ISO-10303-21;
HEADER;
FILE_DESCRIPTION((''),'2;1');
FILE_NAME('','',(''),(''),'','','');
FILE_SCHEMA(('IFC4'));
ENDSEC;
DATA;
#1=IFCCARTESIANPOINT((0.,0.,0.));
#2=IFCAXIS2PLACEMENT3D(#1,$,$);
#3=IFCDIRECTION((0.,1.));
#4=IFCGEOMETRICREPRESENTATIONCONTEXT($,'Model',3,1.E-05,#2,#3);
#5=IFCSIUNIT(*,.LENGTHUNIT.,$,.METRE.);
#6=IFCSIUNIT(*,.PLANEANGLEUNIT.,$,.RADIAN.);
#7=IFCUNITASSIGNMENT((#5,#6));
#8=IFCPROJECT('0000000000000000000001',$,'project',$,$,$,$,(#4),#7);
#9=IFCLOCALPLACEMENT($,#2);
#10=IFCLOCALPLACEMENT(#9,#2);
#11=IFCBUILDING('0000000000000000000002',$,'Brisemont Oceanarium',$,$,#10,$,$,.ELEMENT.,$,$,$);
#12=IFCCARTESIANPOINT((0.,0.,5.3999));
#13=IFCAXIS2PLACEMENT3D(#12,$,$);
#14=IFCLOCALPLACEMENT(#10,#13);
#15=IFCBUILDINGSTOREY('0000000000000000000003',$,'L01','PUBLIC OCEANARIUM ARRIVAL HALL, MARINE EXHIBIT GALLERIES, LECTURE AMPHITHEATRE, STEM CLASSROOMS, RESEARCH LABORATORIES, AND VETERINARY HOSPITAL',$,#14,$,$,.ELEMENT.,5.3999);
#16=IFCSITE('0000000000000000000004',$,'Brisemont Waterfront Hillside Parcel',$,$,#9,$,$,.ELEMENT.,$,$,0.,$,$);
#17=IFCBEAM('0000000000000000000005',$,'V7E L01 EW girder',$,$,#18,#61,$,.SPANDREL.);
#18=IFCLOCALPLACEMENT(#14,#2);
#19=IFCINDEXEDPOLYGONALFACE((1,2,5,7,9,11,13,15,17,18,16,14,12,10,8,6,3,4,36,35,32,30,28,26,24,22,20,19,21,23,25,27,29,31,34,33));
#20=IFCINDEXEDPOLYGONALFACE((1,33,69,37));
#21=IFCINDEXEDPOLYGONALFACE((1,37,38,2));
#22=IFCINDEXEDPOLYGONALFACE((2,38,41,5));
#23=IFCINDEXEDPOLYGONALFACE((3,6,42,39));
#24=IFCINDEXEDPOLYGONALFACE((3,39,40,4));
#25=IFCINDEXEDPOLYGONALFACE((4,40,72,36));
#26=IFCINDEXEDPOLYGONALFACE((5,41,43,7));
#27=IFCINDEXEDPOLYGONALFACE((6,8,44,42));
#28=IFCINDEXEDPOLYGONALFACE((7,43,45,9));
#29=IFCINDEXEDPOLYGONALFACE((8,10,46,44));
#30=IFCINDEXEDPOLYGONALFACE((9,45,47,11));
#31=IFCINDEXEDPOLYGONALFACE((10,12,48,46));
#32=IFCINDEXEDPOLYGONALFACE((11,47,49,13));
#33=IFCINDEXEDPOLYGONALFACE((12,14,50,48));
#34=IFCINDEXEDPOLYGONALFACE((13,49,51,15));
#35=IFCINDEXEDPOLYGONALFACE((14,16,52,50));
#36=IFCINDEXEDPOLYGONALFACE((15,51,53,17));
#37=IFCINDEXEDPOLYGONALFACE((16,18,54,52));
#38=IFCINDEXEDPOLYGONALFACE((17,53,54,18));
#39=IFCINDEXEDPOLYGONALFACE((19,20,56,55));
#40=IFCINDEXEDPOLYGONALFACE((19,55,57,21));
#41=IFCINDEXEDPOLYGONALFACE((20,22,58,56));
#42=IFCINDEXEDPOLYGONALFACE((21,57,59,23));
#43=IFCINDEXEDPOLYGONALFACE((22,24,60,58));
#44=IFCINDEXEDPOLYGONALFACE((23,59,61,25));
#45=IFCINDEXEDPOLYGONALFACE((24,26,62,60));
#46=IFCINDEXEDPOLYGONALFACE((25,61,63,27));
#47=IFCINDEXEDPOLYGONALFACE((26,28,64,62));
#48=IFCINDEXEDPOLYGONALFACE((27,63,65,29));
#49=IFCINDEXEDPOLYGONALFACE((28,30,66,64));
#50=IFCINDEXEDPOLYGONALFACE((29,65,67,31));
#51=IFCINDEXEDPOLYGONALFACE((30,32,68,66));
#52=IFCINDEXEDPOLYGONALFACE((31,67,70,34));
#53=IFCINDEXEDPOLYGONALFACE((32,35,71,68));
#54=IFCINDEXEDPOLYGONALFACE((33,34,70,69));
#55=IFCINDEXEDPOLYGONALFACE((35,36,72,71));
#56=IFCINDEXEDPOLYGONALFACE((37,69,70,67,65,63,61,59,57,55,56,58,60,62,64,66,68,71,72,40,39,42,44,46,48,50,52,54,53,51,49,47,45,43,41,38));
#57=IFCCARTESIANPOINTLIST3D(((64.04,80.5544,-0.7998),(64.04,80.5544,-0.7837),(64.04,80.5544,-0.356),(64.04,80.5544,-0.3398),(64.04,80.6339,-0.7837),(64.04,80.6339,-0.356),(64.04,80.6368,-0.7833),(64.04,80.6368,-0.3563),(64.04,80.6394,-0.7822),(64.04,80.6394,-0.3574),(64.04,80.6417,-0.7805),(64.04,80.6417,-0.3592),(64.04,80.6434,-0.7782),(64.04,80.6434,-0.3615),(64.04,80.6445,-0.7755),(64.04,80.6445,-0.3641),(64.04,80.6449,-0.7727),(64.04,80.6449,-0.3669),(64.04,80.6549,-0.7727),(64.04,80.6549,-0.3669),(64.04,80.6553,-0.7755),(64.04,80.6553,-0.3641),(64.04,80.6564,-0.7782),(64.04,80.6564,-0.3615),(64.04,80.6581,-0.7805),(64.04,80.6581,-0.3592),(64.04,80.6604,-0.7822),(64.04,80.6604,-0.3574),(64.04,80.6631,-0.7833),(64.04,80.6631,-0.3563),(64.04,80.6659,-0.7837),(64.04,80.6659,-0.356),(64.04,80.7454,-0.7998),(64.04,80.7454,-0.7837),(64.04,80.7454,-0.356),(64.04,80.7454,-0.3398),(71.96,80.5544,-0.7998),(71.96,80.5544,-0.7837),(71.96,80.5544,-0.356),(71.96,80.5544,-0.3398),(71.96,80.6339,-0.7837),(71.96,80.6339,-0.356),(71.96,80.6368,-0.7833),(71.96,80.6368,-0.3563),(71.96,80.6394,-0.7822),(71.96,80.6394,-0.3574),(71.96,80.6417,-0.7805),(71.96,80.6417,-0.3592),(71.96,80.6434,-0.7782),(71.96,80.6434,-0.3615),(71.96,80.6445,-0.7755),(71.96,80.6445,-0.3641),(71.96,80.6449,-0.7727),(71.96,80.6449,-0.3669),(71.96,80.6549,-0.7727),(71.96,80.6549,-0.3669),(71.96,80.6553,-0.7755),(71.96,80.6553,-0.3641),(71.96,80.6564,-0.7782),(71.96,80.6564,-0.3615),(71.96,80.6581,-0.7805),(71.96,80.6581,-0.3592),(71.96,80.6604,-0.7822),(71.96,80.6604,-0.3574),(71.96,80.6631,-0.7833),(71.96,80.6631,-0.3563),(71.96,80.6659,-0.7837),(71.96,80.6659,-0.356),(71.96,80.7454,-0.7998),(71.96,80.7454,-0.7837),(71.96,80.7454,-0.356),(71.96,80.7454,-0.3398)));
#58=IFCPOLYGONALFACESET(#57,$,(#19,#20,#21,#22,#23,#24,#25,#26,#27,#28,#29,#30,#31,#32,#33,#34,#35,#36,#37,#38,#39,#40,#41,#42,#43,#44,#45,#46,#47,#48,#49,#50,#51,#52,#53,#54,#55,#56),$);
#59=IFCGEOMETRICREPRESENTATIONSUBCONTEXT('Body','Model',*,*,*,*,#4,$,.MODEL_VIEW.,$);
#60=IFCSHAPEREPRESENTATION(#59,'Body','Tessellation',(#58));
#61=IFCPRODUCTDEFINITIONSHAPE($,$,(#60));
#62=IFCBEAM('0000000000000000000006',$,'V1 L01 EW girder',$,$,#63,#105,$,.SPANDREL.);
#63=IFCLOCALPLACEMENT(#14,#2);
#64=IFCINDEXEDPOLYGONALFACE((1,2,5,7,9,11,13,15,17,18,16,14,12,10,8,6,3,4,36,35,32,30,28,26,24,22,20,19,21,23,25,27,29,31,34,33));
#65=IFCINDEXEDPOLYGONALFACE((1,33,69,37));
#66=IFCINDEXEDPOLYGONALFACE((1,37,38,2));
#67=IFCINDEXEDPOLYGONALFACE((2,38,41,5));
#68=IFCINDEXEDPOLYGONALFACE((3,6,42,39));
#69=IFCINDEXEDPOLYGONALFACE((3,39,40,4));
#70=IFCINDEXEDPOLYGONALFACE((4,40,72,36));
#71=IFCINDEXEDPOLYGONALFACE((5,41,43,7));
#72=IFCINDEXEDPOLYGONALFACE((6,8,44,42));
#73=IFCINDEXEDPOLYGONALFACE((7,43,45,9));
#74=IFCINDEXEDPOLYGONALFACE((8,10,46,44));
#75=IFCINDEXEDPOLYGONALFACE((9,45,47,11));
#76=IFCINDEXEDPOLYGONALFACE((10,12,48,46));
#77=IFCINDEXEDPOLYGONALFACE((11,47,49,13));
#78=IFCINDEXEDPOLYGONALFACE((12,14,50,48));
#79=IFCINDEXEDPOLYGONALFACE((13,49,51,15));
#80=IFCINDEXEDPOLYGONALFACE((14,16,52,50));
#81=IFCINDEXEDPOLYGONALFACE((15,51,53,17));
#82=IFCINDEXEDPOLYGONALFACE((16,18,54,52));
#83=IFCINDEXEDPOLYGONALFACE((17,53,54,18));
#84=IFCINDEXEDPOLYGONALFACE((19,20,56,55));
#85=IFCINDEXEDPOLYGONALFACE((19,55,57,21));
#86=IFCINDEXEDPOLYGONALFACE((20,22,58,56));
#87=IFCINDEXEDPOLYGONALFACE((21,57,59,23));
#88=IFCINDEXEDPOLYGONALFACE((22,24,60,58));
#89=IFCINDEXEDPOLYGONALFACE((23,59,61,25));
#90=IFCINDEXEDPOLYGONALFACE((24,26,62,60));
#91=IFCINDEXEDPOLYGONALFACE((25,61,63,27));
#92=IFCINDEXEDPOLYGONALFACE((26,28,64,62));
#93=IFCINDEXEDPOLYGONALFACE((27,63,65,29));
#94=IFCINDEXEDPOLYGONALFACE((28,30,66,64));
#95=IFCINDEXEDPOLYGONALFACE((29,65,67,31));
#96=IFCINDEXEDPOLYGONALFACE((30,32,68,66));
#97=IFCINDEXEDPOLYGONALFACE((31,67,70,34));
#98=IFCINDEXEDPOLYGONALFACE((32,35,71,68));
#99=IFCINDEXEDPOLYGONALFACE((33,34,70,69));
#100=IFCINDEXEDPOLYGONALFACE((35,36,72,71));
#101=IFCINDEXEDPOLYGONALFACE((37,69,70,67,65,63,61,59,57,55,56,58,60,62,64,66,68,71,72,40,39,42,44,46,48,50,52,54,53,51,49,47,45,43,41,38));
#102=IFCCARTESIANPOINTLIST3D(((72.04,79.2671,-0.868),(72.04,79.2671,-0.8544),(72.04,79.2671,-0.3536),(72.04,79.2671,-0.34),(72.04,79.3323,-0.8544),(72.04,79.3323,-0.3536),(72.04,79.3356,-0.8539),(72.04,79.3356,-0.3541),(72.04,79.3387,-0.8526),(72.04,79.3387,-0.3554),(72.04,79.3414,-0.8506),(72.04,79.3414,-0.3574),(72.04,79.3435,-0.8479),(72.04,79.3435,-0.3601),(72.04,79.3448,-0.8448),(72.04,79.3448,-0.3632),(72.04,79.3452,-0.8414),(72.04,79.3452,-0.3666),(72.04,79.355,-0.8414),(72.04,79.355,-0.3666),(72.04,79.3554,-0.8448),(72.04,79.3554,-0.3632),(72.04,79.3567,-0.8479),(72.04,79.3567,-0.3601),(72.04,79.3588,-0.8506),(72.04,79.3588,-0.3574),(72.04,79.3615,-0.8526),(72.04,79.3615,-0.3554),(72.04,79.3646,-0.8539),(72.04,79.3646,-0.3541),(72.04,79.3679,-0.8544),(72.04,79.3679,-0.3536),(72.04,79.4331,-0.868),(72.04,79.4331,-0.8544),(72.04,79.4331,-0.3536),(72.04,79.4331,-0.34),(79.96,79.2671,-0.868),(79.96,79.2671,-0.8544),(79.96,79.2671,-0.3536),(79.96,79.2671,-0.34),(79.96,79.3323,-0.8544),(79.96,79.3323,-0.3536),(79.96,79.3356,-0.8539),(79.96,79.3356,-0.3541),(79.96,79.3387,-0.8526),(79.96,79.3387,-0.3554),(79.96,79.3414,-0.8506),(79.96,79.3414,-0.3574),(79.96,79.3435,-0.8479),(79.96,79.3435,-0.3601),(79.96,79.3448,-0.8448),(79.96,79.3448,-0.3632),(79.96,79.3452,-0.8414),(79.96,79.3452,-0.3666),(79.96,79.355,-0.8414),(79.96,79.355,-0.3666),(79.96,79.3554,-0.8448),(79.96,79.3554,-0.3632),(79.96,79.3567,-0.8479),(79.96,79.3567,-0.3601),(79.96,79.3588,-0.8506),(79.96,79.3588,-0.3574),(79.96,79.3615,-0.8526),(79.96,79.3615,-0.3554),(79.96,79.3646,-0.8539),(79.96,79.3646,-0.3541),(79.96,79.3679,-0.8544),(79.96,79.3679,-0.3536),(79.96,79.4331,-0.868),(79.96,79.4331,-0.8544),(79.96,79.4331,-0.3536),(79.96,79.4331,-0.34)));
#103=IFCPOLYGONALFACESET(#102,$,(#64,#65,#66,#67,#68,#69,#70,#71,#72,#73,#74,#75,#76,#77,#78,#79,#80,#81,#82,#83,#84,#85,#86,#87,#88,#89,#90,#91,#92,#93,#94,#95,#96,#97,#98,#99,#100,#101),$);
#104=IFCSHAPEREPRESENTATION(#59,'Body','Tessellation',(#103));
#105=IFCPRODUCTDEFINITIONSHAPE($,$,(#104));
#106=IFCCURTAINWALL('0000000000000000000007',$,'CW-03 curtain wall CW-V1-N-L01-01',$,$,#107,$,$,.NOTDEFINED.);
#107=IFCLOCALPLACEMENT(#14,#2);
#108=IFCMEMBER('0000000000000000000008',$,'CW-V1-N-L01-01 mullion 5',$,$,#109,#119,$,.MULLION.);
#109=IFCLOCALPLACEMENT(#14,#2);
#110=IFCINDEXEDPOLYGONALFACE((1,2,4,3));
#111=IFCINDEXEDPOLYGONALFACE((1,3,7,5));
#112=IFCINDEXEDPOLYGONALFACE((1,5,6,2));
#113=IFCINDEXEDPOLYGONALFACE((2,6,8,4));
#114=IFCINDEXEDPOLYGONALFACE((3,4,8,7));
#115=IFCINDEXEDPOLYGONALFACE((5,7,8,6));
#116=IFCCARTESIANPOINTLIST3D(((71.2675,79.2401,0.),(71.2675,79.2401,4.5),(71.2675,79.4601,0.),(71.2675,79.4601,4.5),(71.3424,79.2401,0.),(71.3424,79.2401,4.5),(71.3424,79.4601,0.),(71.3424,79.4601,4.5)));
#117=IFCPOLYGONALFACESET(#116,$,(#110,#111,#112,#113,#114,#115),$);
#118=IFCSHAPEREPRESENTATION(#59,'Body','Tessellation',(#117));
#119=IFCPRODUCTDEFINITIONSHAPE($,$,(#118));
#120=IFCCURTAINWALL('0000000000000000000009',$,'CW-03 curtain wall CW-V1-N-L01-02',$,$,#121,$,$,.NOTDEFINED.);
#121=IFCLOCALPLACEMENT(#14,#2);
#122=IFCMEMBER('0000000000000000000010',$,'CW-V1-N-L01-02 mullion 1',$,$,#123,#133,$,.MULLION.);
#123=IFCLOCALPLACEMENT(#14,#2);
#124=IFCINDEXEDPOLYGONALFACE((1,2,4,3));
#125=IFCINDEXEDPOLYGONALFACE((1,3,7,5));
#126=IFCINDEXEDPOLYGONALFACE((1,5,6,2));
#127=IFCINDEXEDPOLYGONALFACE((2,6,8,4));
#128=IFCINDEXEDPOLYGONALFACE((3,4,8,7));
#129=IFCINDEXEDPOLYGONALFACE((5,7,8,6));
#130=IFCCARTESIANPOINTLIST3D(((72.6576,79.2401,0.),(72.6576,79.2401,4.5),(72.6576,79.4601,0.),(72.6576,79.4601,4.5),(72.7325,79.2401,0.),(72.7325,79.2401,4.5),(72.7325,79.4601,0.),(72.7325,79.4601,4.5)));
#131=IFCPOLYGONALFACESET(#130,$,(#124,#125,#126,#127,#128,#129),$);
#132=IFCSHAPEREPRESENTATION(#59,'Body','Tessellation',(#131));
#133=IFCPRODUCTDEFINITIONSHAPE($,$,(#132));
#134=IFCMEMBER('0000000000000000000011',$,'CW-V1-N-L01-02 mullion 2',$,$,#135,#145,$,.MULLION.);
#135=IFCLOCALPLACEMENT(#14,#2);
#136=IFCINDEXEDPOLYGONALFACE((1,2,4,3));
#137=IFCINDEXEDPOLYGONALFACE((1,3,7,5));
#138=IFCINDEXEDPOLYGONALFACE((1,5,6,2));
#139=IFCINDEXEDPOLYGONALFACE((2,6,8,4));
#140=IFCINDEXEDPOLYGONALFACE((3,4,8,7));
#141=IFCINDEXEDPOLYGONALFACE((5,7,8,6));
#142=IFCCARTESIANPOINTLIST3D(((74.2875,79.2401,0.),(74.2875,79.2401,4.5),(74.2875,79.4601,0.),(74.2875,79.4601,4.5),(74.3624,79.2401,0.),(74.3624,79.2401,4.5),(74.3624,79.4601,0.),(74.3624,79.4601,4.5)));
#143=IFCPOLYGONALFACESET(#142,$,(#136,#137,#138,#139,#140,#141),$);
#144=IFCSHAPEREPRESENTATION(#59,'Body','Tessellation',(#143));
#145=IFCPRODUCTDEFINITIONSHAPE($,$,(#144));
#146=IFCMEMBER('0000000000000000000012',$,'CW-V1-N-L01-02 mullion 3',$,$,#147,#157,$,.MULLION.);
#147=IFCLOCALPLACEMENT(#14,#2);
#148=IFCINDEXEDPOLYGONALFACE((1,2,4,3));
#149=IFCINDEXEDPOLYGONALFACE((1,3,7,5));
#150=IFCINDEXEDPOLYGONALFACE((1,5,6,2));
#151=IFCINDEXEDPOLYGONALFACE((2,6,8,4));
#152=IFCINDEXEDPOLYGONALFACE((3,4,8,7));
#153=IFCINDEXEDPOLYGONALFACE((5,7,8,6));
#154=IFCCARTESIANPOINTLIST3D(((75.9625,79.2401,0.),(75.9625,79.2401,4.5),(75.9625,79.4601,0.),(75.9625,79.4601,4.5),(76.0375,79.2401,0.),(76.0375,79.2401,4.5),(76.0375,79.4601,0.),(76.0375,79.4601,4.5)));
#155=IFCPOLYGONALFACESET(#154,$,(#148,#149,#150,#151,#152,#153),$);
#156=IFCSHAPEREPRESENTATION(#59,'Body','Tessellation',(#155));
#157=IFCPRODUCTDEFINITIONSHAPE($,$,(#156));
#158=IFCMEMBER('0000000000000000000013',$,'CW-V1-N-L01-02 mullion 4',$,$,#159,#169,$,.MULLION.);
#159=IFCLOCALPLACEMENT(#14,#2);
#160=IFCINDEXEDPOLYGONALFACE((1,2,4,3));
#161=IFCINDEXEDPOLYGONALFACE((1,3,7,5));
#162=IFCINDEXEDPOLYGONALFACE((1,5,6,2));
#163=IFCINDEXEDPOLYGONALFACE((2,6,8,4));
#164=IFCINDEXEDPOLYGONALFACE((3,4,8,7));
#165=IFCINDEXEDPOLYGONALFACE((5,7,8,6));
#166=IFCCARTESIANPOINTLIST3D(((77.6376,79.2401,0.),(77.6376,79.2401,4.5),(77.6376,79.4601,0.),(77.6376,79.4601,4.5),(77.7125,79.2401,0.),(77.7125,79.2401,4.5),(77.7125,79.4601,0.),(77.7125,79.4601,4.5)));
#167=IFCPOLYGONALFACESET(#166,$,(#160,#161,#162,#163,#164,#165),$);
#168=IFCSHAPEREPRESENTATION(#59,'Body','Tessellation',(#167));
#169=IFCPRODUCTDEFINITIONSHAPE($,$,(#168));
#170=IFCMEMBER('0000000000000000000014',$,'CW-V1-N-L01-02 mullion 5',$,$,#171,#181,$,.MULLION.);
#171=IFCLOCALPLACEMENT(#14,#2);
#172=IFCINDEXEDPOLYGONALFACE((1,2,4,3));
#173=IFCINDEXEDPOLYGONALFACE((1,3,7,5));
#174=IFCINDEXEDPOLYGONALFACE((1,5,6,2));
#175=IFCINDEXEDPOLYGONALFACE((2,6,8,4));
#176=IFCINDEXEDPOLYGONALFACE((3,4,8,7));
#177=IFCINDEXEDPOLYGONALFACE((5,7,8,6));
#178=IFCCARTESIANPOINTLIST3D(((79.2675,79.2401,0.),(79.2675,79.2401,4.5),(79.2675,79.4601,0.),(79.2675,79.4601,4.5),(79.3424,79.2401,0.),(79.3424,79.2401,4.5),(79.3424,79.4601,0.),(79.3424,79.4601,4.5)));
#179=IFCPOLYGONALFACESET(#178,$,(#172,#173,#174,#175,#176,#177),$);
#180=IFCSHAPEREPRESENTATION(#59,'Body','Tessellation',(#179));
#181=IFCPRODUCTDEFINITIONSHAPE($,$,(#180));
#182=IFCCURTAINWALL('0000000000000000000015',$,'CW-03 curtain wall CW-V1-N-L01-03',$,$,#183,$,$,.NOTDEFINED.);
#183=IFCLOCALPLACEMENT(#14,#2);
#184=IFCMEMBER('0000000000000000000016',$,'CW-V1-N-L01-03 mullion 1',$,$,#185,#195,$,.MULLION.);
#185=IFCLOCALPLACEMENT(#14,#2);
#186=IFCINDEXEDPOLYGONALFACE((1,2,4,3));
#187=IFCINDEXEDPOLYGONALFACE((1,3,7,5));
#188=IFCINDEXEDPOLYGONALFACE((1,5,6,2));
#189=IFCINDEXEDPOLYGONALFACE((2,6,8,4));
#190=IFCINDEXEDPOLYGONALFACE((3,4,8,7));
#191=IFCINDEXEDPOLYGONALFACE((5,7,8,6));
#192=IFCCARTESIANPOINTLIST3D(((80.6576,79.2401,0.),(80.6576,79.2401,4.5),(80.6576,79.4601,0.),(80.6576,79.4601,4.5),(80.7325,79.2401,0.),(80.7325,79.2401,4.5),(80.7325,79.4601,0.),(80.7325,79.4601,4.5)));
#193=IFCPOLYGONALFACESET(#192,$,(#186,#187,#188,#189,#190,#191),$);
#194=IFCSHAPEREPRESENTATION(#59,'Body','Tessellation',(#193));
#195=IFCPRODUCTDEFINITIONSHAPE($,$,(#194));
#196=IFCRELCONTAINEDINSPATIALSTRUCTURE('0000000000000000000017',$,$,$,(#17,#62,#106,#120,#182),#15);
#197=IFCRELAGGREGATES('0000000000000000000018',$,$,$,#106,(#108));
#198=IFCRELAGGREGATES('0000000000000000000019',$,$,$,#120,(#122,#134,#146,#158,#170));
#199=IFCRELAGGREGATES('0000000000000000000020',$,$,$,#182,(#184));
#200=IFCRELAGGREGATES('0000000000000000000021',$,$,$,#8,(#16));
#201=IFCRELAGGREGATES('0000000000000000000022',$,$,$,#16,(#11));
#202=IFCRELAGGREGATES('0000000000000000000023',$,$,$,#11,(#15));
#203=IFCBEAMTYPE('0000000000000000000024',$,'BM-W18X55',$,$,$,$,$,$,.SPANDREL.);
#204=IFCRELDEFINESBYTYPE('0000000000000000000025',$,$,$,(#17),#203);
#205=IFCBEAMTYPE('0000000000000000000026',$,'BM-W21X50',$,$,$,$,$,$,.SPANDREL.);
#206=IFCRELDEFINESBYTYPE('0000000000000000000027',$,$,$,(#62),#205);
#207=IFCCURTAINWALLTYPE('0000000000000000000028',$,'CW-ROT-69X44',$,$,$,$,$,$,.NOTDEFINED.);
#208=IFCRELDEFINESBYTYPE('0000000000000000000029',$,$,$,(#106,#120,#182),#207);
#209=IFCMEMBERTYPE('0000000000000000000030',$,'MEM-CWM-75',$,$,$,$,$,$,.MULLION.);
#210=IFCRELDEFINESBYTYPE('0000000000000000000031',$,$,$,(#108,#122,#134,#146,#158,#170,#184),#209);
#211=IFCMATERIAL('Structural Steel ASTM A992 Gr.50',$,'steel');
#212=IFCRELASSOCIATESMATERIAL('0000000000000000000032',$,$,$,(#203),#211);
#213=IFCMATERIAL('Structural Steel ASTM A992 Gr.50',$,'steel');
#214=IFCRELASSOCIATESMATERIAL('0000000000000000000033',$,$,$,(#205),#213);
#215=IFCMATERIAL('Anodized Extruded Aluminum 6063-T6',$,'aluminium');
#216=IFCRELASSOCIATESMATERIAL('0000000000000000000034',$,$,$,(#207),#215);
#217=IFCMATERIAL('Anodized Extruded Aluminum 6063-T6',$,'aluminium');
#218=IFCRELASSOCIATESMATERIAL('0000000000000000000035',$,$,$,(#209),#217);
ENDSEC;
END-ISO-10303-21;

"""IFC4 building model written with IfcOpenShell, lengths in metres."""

from ifc_helpers import new_model, si_unit, direction, frame, origin, origin_2d, place, context, subcontext, project, spatial, rectangle, i_section, extrude, material, material_profile, profile_set, type_object, element, aggregate, save


model = new_model("IFC4")

# Units and contexts
model_context = context("Model", 3, precision=1e-05, world=origin(), true_north=direction((0.0, 1.0)))
body_context = subcontext(model_context, "Body", "Model", "MODEL_VIEW")
ifc_project = project(units=[si_unit("LENGTHUNIT", "METRE"), si_unit("PLANEANGLEUNIT", "RADIAN")], contexts=[model_context])

# Site, building, storey
site_placement = place(None, origin())
site = spatial("IfcSite", under=ifc_project, at=site_placement, Name="Brisemont Waterfront Hillside Parcel", CompositionType="ELEMENT", RefElevation=0.0)
building_placement = place(site_placement, origin())
building = spatial("IfcBuilding", under=site, at=building_placement, Name="Brisemont Oceanarium", CompositionType="ELEMENT")
storey_placement = place(building_placement, frame((0.0, 0.0, 5.3999)))
storey = spatial("IfcBuildingStorey", under=building, at=storey_placement, Name="L01", Description="PUBLIC OCEANARIUM ARRIVAL HALL, MARINE EXHIBIT GALLERIES, LECTURE AMPHITHEATRE, STEM CLASSROOMS, RESEARCH LABORATORIES, AND VETERINARY HOSPITAL", CompositionType="ELEMENT", Elevation=5.3999)

# Beams
ifc_material_1 = material(Name="Structural Steel ASTM A992 Gr.50", Category="steel")
ifc_material_profile_1 = material_profile(ifc_material_1, i_section(OverallWidth=0.1909, OverallDepth=0.46, WebThickness=0.01, FlangeThickness=0.0161, FilletRadius=0.011, at=origin_2d()), Name="W18X55")
ifc_profile_set_1 = profile_set([ifc_material_profile_1], Name="Structural Steel ASTM A992 Gr.50")
beam_type_1 = type_object("IfcBeamType", Name="BM-W18X55", PredefinedType="SPANDREL", material=ifc_profile_set_1)
for number, where, z_axis, x_axis, name in (
    (1, (64.04, 80.6499, -0.5698), (1.0, 0.0, 0.0), (0.0, 1.0, 0.0), "V7E L01 EW girder"),
):
    element("IfcBeam", number, at=place(storey_placement, frame(where, z_axis=z_axis, x_axis=x_axis)), inside=storey, type_object=beam_type_1, Name=name, PredefinedType="SPANDREL", context=body_context, shape_type="SweptSolid", body=[
        extrude(i_section(OverallWidth=0.1909, OverallDepth=0.46, WebThickness=0.01, FlangeThickness=0.0161, FilletRadius=0.011, at=origin_2d()), origin(), (0.0, 0.0, 1.0), 7.9199),
    ])
ifc_material_2 = material(Name="Structural Steel ASTM A992 Gr.50", Category="steel")
ifc_material_profile_2 = material_profile(ifc_material_2, i_section(OverallWidth=0.166, OverallDepth=0.5281, WebThickness=0.0098, FlangeThickness=0.0137, FilletRadius=0.0129, at=origin_2d()), Name="W21X50")
ifc_profile_set_2 = profile_set([ifc_material_profile_2], Name="Structural Steel ASTM A992 Gr.50")
beam_type_2 = type_object("IfcBeamType", Name="BM-W21X50", PredefinedType="SPANDREL", material=ifc_profile_set_2)
beam_1_placement = place(storey_placement, frame((72.04, 79.3501, -0.604), z_axis=(1.0, 0.0, 0.0), x_axis=(0.0, 1.0, 0.0)))
element("IfcBeam", 2, at=beam_1_placement, inside=storey, type_object=beam_type_2, Name="V1 L01 EW girder", PredefinedType="SPANDREL", context=body_context, shape_type="SweptSolid", body=[
    extrude(i_section(OverallWidth=0.166, OverallDepth=0.5281, WebThickness=0.0098, FlangeThickness=0.0137, FilletRadius=0.0129, at=origin_2d()), origin(), (0.0, 0.0, 1.0), 7.9199),
])

# Curtain wall, member
ifc_material_3 = material(Name="Anodized Extruded Aluminum 6063-T6", Category="aluminium")
curtain_wall_type = type_object("IfcCurtainWallType", Name="CW-ROT-69X44", PredefinedType="NOTDEFINED", material=ifc_material_3)
curtain_wall_1_placement = place(storey_placement, origin())
curtain_wall_1 = element("IfcCurtainWall", 3, at=curtain_wall_1_placement, inside=storey, type_object=curtain_wall_type, Name="CW-03 curtain wall CW-V1-N-L01-01", PredefinedType="NOTDEFINED")
ifc_material_4 = material(Name="Anodized Extruded Aluminum 6063-T6", Category="aluminium")
ifc_material_profile_3 = material_profile(ifc_material_4, rectangle(XDim=0.075, YDim=0.22, at=origin_2d()), Name="CWM-75X220")
ifc_profile_set_3 = profile_set([ifc_material_profile_3], Name="Anodized Extruded Aluminum 6063-T6")
member_type_1 = type_object("IfcMemberType", Name="MEM-CWM-75", PredefinedType="MULLION", material=ifc_profile_set_3)
member_1_placement = place(storey_placement, frame((71.3049, 79.3501, 0.0), z_axis=(0.0, 0.0, 1.0), x_axis=(1.0, 0.0, 0.0)))
member_1 = element("IfcMember", 4, at=member_1_placement, type_object=member_type_1, Name="CW-V1-N-L01-01 mullion 5", PredefinedType="MULLION", context=body_context, shape_type="SweptSolid", body=[
    extrude(rectangle(XDim=0.075, YDim=0.22, at=origin_2d()), origin(), (0.0, 0.0, 1.0), 4.5),
])

# Curtain walls, members
curtain_wall_2_placement = place(storey_placement, origin())
curtain_wall_2 = element("IfcCurtainWall", 5, at=curtain_wall_2_placement, inside=storey, type_object=curtain_wall_type, Name="CW-03 curtain wall CW-V1-N-L01-02", PredefinedType="NOTDEFINED")
member_2_placement = place(storey_placement, frame((72.6951, 79.3501, 0.0), z_axis=(0.0, 0.0, 1.0), x_axis=(1.0, 0.0, 0.0)))
member_2 = element("IfcMember", 6, at=member_2_placement, type_object=member_type_1, Name="CW-V1-N-L01-02 mullion 1", PredefinedType="MULLION", context=body_context, shape_type="SweptSolid", body=[
    extrude(rectangle(XDim=0.075, YDim=0.22, at=origin_2d()), origin(), (0.0, 0.0, 1.0), 4.5),
])
member_3_placement = place(storey_placement, frame((74.325, 79.3501, 0.0), z_axis=(0.0, 0.0, 1.0), x_axis=(1.0, 0.0, 0.0)))
member_3 = element("IfcMember", 7, at=member_3_placement, type_object=member_type_1, Name="CW-V1-N-L01-02 mullion 2", PredefinedType="MULLION", context=body_context, shape_type="SweptSolid", body=[
    extrude(rectangle(XDim=0.075, YDim=0.22, at=origin_2d()), origin(), (0.0, 0.0, 1.0), 4.5),
])
member_4_placement = place(storey_placement, frame((76.0, 79.3501, 0.0), z_axis=(0.0, 0.0, 1.0), x_axis=(1.0, 0.0, 0.0)))
member_4 = element("IfcMember", 8, at=member_4_placement, type_object=member_type_1, Name="CW-V1-N-L01-02 mullion 3", PredefinedType="MULLION", context=body_context, shape_type="SweptSolid", body=[
    extrude(rectangle(XDim=0.075, YDim=0.22, at=origin_2d()), origin(), (0.0, 0.0, 1.0), 4.5),
])
member_5_placement = place(storey_placement, frame((77.675, 79.3501, 0.0), z_axis=(0.0, 0.0, 1.0), x_axis=(1.0, 0.0, 0.0)))
member_5 = element("IfcMember", 9, at=member_5_placement, type_object=member_type_1, Name="CW-V1-N-L01-02 mullion 4", PredefinedType="MULLION", context=body_context, shape_type="SweptSolid", body=[
    extrude(rectangle(XDim=0.075, YDim=0.22, at=origin_2d()), origin(), (0.0, 0.0, 1.0), 4.5),
])
member_6_placement = place(storey_placement, frame((79.3049, 79.3501, 0.0), z_axis=(0.0, 0.0, 1.0), x_axis=(1.0, 0.0, 0.0)))
member_6 = element("IfcMember", 10, at=member_6_placement, type_object=member_type_1, Name="CW-V1-N-L01-02 mullion 5", PredefinedType="MULLION", context=body_context, shape_type="SweptSolid", body=[
    extrude(rectangle(XDim=0.075, YDim=0.22, at=origin_2d()), origin(), (0.0, 0.0, 1.0), 4.5),
])
curtain_wall_3_placement = place(storey_placement, origin())
curtain_wall_3 = element("IfcCurtainWall", 11, at=curtain_wall_3_placement, inside=storey, type_object=curtain_wall_type, Name="CW-03 curtain wall CW-V1-N-L01-03", PredefinedType="NOTDEFINED")
member_7_placement = place(storey_placement, frame((80.6951, 79.3501, 0.0), z_axis=(0.0, 0.0, 1.0), x_axis=(1.0, 0.0, 0.0)))
member_7 = element("IfcMember", 12, at=member_7_placement, type_object=member_type_1, Name="CW-V1-N-L01-03 mullion 1", PredefinedType="MULLION", context=body_context, shape_type="SweptSolid", body=[
    extrude(rectangle(XDim=0.075, YDim=0.22, at=origin_2d()), origin(), (0.0, 0.0, 1.0), 4.5),
])

aggregate(curtain_wall_1, [member_1])
aggregate(curtain_wall_2, [member_2, member_3, member_4, member_5, member_6])
aggregate(curtain_wall_3, [member_7])

save(model, "model.ifc")
